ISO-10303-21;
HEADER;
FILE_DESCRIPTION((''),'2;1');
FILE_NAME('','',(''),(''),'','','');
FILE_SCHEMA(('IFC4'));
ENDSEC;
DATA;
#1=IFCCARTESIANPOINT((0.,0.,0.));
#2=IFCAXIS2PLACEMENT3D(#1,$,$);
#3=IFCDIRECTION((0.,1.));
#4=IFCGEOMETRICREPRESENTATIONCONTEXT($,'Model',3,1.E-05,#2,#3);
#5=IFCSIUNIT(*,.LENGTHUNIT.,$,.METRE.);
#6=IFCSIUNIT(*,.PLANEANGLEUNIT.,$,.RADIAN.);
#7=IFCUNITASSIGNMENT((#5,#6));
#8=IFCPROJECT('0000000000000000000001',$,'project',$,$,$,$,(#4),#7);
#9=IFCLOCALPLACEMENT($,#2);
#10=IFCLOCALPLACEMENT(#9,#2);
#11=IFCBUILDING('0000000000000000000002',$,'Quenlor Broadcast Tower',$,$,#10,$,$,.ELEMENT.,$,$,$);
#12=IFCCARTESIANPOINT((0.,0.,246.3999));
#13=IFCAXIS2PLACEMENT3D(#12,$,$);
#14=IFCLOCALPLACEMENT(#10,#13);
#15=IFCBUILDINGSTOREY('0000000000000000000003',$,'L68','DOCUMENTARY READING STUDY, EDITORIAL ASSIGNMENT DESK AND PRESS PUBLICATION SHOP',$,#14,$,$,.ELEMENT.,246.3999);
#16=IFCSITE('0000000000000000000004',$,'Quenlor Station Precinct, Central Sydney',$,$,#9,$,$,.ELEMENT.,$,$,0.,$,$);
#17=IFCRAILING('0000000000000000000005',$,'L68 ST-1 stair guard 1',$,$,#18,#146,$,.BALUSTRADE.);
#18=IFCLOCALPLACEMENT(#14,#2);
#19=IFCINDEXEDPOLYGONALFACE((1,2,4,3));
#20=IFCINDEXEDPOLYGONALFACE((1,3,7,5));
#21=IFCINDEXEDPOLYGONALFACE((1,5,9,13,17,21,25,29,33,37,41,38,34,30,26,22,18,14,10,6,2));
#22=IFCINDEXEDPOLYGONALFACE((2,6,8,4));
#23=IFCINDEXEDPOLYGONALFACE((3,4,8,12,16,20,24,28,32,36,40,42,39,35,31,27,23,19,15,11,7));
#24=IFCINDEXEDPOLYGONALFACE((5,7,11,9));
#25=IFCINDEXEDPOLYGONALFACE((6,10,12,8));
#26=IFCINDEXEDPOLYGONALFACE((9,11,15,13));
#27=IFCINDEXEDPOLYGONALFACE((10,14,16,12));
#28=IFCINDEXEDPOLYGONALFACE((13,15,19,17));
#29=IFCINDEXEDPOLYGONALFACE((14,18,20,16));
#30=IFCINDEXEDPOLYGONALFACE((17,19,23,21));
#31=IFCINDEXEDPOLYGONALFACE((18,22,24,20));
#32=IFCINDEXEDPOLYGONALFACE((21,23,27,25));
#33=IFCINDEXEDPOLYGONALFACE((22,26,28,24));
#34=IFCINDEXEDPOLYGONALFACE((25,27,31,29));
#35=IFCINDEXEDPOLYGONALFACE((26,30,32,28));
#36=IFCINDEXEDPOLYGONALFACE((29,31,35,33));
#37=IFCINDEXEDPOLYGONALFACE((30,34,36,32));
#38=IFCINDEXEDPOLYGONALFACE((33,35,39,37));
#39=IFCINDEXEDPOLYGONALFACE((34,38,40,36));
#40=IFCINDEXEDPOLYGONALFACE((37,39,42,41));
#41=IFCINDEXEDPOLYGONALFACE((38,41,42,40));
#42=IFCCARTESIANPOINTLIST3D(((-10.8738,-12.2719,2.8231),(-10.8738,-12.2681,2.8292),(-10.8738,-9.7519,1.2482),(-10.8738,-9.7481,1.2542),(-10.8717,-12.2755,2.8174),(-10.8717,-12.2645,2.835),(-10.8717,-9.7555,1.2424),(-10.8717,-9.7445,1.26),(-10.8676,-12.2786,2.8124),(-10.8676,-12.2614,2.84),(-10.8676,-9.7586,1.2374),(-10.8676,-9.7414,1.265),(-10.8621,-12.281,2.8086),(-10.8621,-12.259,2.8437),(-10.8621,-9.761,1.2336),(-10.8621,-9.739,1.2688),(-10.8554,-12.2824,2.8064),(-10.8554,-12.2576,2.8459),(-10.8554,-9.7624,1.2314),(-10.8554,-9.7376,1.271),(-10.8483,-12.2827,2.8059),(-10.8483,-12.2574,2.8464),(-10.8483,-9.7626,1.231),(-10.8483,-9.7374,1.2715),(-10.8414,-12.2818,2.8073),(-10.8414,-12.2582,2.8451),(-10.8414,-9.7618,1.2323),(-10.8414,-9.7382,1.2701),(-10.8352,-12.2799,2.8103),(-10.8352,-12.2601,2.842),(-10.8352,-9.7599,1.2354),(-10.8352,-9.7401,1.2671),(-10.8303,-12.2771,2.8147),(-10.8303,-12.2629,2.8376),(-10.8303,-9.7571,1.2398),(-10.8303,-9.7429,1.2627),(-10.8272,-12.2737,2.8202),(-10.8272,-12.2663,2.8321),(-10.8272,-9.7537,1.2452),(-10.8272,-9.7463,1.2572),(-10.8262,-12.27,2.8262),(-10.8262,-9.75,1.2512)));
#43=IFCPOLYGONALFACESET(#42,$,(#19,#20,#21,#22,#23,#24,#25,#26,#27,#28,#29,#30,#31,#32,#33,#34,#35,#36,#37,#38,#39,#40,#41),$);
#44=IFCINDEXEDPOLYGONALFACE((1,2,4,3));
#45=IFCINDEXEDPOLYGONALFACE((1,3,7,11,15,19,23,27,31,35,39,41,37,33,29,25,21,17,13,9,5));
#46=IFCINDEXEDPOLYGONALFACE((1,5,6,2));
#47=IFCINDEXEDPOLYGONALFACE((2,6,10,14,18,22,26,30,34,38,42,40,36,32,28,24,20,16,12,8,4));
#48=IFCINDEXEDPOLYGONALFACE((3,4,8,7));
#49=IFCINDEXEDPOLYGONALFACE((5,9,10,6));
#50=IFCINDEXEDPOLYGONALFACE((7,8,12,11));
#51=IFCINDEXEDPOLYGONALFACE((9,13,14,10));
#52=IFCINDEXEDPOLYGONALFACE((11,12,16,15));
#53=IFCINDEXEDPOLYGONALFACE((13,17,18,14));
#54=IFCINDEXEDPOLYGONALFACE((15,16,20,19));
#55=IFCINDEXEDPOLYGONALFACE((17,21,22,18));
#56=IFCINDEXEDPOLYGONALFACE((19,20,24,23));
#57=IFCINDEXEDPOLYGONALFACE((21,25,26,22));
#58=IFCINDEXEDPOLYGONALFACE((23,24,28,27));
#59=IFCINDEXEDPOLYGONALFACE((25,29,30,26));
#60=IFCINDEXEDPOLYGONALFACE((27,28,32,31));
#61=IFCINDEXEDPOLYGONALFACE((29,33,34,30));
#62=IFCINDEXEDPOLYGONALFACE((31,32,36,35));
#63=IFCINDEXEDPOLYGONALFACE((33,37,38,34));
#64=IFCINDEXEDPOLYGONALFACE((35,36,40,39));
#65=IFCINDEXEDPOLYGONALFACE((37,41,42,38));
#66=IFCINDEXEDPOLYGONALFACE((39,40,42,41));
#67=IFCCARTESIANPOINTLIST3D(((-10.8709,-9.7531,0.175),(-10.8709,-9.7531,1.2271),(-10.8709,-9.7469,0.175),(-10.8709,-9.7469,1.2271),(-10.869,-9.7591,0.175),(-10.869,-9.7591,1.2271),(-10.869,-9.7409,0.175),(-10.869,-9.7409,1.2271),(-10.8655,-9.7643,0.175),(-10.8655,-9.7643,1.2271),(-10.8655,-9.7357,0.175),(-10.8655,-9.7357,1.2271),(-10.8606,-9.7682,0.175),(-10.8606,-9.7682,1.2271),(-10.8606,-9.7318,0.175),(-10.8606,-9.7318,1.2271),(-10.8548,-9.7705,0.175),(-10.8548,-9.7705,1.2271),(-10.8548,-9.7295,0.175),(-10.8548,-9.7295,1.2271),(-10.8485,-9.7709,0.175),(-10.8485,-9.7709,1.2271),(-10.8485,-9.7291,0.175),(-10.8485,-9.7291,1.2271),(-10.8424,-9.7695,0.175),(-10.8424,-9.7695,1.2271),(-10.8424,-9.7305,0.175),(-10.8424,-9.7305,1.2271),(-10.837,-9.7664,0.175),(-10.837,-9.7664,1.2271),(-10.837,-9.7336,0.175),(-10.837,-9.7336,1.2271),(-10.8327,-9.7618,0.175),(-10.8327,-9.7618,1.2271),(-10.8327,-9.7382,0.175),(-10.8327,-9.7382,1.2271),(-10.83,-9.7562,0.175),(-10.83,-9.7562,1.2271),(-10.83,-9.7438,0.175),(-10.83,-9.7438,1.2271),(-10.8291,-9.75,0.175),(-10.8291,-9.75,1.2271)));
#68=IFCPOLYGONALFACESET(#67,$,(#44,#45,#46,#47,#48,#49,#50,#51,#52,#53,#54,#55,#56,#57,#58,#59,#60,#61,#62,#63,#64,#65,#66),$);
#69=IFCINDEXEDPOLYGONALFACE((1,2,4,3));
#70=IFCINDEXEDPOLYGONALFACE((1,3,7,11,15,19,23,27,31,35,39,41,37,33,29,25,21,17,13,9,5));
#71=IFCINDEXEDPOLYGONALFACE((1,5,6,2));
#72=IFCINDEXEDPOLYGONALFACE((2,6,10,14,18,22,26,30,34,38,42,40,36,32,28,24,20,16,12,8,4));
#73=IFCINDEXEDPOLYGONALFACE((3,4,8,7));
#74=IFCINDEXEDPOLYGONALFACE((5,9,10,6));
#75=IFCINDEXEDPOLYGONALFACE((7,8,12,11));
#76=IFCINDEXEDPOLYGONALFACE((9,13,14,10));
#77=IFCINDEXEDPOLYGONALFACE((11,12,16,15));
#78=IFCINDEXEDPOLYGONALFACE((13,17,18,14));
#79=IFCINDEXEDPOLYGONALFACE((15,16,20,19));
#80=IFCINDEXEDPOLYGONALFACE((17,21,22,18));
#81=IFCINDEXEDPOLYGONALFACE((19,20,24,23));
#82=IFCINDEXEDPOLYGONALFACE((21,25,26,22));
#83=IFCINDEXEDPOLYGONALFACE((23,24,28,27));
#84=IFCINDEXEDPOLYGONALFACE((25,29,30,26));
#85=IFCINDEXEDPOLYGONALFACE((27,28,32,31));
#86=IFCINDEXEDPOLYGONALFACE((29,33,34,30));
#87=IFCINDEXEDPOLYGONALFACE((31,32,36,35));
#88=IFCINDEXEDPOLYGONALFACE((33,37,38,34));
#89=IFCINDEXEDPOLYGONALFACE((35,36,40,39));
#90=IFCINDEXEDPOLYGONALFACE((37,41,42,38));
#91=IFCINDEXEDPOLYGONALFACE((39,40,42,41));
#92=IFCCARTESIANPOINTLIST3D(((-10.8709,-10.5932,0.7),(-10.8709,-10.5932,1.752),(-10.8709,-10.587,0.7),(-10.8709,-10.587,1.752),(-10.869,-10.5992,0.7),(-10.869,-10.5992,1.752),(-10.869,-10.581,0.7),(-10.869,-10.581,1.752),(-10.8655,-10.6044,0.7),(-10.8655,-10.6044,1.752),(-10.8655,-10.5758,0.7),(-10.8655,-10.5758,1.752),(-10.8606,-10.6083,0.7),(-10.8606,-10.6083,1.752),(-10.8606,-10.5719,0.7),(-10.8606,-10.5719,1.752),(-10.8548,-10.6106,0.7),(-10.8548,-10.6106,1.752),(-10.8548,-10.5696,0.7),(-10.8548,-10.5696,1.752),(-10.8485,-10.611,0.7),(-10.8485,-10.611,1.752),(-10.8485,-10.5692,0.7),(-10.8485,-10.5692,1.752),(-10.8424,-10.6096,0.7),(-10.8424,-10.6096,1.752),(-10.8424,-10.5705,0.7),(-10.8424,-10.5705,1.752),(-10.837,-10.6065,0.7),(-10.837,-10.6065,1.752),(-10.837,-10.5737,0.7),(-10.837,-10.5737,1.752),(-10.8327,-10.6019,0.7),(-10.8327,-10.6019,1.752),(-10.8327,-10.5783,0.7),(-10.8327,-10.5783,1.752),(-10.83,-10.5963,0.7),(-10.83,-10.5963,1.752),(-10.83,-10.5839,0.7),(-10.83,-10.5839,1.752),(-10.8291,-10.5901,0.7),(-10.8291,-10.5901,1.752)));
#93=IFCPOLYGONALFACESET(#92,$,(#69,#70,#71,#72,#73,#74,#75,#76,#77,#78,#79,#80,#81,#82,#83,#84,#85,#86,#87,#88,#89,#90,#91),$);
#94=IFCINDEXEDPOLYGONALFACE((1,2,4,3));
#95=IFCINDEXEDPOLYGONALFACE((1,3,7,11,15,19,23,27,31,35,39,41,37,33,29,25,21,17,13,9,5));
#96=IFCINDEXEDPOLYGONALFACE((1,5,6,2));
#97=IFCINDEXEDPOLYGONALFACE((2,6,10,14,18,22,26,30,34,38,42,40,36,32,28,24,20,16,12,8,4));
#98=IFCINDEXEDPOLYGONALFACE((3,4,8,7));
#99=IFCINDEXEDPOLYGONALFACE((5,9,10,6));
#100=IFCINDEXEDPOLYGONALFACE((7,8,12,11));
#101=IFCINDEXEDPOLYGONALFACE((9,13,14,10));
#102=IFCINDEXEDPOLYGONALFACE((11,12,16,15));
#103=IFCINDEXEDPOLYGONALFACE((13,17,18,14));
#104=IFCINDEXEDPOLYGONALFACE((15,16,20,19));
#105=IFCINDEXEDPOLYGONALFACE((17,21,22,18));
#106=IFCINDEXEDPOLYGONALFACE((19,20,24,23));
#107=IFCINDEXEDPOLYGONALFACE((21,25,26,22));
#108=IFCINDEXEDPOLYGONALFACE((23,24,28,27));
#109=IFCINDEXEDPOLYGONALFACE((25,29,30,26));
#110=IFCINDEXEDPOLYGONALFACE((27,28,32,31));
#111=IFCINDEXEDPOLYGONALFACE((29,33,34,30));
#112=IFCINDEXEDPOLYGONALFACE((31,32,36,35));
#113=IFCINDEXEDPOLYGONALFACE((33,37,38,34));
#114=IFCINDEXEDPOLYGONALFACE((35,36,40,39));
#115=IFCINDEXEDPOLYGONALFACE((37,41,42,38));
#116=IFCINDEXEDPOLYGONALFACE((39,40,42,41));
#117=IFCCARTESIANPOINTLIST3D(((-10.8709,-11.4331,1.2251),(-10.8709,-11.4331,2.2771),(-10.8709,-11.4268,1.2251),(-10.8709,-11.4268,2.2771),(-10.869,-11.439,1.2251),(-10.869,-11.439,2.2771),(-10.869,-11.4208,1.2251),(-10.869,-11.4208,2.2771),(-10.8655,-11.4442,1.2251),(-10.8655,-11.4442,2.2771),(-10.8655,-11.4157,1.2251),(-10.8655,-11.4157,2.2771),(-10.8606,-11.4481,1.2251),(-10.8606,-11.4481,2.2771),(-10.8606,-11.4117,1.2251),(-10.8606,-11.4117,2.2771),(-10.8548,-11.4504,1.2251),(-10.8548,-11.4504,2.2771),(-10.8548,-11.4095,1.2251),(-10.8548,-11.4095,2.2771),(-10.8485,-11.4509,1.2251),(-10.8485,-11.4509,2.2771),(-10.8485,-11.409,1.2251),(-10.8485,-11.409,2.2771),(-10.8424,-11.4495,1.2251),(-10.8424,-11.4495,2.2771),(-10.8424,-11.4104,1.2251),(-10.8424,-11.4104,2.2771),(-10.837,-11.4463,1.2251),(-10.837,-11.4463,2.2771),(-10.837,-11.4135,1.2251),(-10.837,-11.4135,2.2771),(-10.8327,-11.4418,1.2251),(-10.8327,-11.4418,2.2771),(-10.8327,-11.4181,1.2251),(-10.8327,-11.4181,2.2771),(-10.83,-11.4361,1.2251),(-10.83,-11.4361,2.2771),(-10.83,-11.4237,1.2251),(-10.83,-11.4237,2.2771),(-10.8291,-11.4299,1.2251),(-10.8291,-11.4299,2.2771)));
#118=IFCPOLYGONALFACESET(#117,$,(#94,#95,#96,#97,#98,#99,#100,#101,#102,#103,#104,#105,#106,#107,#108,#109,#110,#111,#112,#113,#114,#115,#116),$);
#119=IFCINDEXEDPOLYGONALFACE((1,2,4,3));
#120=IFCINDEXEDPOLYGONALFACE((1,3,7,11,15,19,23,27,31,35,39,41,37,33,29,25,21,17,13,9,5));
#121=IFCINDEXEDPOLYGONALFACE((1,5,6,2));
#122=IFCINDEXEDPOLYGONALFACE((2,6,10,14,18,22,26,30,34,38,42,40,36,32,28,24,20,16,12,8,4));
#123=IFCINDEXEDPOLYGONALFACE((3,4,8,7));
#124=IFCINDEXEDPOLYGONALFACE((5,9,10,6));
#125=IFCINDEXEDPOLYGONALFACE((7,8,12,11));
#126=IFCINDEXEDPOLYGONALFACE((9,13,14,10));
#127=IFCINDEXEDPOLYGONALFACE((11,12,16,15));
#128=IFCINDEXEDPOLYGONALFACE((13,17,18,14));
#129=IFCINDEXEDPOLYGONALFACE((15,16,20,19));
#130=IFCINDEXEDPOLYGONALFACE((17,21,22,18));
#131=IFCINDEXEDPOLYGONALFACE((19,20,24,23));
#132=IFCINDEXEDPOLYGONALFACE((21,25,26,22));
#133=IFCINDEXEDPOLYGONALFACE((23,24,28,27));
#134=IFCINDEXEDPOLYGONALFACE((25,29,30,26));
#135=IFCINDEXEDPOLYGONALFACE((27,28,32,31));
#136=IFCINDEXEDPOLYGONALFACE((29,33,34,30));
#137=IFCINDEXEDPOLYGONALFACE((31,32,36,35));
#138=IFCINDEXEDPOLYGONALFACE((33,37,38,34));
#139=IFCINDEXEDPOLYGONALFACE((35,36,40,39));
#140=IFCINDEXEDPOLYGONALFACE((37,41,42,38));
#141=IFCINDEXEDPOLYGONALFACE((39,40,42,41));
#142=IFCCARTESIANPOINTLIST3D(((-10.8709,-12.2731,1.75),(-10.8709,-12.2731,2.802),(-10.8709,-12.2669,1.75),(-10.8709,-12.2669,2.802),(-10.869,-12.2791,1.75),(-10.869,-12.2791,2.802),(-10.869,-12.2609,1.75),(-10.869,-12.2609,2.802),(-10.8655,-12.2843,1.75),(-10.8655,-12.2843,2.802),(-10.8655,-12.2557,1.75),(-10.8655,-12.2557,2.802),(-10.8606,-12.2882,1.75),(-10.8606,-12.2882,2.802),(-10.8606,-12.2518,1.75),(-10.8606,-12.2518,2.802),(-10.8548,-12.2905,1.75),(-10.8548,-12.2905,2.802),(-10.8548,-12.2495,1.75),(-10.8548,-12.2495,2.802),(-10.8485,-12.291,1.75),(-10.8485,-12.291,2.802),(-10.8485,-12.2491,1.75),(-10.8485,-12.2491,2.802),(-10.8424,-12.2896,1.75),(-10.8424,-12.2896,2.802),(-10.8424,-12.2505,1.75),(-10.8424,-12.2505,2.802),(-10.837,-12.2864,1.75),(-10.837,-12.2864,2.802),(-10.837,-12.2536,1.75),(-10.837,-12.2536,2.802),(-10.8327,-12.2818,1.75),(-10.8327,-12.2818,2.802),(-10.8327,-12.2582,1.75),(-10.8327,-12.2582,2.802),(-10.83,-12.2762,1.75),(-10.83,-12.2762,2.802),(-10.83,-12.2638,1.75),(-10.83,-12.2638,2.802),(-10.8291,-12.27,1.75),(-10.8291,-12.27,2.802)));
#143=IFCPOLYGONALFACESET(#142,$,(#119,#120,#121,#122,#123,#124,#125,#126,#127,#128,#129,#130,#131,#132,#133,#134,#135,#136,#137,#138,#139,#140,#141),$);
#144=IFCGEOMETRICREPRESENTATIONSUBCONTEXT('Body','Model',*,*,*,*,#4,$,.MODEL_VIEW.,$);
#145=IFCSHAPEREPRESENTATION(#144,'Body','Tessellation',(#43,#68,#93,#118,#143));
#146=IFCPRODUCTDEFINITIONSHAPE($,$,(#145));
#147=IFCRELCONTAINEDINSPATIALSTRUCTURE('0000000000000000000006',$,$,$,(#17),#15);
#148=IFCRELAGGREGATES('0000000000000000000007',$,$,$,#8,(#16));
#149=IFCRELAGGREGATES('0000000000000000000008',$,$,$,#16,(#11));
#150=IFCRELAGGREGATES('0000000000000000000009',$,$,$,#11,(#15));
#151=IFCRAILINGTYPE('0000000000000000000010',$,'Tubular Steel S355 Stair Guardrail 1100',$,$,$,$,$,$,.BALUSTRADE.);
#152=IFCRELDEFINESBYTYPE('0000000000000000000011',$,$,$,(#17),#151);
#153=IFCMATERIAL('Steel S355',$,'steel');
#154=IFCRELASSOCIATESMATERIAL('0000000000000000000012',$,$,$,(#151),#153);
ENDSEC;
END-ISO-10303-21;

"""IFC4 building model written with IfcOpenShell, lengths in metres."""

from ifc_helpers import new_model, si_unit, direction, frame, origin, origin_2d, place, context, subcontext, project, spatial, circle, extrude, material, type_object, element, save


model = new_model("IFC4")

# Units and contexts
model_context = context("Model", 3, precision=1e-05, world=origin(), true_north=direction((0.0, 1.0)))
body_context = subcontext(model_context, "Body", "Model", "MODEL_VIEW")
ifc_project = project(units=[si_unit("LENGTHUNIT", "METRE"), si_unit("PLANEANGLEUNIT", "RADIAN")], contexts=[model_context])

# Site, building, storey
site_placement = place(None, origin())
site = spatial("IfcSite", under=ifc_project, at=site_placement, Name="Quenlor Station Precinct, Central Sydney", CompositionType="ELEMENT", RefElevation=0.0)
building_placement = place(site_placement, origin())
building = spatial("IfcBuilding", under=site, at=building_placement, Name="Quenlor Broadcast Tower", CompositionType="ELEMENT")
storey_placement = place(building_placement, frame((0.0, 0.0, 246.3999)))
storey = spatial("IfcBuildingStorey", under=building, at=storey_placement, Name="L68", Description="DOCUMENTARY READING STUDY, EDITORIAL ASSIGNMENT DESK AND PRESS PUBLICATION SHOP", CompositionType="ELEMENT", Elevation=246.3999)

# Railing
ifc_material_1 = material(Name="Steel S355", Category="steel")
railing_type_1 = type_object("IfcRailingType", Name="Tubular Steel S355 Stair Guardrail 1100", PredefinedType="BALUSTRADE", material=ifc_material_1)
railing_1_placement = place(storey_placement, frame((-10.8501, -9.75, 0.175)))
element("IfcRailing", 1, at=railing_1_placement, inside=storey, type_object=railing_type_1, Name="L68 ST-1 stair guard 1", PredefinedType="BALUSTRADE", context=body_context, shape_type="SweptSolid", body=[
    extrude(circle(Radius=0.0239, at=origin_2d()), frame((0.0, 0.0, 1.0762), z_axis=(0.0, -0.848008, 0.529984), x_axis=(1.0, 0.0, 0.0)), (0.0, 0.0, 1.0), 2.9717),
    extrude(circle(Radius=0.021, at=origin_2d()), origin(), (0.0, 0.0, 1.0), 1.052),
    extrude(circle(Radius=0.021, at=origin_2d()), frame((0.0, -0.8401, 0.5249)), (0.0, 0.0, 1.0), 1.052),
    extrude(circle(Radius=0.021, at=origin_2d()), frame((0.0, -1.6799, 1.05)), (0.0, 0.0, 1.0), 1.052),
    extrude(circle(Radius=0.021, at=origin_2d()), frame((0.0, -2.52, 1.575)), (0.0, 0.0, 1.0), 1.052),
])

save(model, "model.ifc")
